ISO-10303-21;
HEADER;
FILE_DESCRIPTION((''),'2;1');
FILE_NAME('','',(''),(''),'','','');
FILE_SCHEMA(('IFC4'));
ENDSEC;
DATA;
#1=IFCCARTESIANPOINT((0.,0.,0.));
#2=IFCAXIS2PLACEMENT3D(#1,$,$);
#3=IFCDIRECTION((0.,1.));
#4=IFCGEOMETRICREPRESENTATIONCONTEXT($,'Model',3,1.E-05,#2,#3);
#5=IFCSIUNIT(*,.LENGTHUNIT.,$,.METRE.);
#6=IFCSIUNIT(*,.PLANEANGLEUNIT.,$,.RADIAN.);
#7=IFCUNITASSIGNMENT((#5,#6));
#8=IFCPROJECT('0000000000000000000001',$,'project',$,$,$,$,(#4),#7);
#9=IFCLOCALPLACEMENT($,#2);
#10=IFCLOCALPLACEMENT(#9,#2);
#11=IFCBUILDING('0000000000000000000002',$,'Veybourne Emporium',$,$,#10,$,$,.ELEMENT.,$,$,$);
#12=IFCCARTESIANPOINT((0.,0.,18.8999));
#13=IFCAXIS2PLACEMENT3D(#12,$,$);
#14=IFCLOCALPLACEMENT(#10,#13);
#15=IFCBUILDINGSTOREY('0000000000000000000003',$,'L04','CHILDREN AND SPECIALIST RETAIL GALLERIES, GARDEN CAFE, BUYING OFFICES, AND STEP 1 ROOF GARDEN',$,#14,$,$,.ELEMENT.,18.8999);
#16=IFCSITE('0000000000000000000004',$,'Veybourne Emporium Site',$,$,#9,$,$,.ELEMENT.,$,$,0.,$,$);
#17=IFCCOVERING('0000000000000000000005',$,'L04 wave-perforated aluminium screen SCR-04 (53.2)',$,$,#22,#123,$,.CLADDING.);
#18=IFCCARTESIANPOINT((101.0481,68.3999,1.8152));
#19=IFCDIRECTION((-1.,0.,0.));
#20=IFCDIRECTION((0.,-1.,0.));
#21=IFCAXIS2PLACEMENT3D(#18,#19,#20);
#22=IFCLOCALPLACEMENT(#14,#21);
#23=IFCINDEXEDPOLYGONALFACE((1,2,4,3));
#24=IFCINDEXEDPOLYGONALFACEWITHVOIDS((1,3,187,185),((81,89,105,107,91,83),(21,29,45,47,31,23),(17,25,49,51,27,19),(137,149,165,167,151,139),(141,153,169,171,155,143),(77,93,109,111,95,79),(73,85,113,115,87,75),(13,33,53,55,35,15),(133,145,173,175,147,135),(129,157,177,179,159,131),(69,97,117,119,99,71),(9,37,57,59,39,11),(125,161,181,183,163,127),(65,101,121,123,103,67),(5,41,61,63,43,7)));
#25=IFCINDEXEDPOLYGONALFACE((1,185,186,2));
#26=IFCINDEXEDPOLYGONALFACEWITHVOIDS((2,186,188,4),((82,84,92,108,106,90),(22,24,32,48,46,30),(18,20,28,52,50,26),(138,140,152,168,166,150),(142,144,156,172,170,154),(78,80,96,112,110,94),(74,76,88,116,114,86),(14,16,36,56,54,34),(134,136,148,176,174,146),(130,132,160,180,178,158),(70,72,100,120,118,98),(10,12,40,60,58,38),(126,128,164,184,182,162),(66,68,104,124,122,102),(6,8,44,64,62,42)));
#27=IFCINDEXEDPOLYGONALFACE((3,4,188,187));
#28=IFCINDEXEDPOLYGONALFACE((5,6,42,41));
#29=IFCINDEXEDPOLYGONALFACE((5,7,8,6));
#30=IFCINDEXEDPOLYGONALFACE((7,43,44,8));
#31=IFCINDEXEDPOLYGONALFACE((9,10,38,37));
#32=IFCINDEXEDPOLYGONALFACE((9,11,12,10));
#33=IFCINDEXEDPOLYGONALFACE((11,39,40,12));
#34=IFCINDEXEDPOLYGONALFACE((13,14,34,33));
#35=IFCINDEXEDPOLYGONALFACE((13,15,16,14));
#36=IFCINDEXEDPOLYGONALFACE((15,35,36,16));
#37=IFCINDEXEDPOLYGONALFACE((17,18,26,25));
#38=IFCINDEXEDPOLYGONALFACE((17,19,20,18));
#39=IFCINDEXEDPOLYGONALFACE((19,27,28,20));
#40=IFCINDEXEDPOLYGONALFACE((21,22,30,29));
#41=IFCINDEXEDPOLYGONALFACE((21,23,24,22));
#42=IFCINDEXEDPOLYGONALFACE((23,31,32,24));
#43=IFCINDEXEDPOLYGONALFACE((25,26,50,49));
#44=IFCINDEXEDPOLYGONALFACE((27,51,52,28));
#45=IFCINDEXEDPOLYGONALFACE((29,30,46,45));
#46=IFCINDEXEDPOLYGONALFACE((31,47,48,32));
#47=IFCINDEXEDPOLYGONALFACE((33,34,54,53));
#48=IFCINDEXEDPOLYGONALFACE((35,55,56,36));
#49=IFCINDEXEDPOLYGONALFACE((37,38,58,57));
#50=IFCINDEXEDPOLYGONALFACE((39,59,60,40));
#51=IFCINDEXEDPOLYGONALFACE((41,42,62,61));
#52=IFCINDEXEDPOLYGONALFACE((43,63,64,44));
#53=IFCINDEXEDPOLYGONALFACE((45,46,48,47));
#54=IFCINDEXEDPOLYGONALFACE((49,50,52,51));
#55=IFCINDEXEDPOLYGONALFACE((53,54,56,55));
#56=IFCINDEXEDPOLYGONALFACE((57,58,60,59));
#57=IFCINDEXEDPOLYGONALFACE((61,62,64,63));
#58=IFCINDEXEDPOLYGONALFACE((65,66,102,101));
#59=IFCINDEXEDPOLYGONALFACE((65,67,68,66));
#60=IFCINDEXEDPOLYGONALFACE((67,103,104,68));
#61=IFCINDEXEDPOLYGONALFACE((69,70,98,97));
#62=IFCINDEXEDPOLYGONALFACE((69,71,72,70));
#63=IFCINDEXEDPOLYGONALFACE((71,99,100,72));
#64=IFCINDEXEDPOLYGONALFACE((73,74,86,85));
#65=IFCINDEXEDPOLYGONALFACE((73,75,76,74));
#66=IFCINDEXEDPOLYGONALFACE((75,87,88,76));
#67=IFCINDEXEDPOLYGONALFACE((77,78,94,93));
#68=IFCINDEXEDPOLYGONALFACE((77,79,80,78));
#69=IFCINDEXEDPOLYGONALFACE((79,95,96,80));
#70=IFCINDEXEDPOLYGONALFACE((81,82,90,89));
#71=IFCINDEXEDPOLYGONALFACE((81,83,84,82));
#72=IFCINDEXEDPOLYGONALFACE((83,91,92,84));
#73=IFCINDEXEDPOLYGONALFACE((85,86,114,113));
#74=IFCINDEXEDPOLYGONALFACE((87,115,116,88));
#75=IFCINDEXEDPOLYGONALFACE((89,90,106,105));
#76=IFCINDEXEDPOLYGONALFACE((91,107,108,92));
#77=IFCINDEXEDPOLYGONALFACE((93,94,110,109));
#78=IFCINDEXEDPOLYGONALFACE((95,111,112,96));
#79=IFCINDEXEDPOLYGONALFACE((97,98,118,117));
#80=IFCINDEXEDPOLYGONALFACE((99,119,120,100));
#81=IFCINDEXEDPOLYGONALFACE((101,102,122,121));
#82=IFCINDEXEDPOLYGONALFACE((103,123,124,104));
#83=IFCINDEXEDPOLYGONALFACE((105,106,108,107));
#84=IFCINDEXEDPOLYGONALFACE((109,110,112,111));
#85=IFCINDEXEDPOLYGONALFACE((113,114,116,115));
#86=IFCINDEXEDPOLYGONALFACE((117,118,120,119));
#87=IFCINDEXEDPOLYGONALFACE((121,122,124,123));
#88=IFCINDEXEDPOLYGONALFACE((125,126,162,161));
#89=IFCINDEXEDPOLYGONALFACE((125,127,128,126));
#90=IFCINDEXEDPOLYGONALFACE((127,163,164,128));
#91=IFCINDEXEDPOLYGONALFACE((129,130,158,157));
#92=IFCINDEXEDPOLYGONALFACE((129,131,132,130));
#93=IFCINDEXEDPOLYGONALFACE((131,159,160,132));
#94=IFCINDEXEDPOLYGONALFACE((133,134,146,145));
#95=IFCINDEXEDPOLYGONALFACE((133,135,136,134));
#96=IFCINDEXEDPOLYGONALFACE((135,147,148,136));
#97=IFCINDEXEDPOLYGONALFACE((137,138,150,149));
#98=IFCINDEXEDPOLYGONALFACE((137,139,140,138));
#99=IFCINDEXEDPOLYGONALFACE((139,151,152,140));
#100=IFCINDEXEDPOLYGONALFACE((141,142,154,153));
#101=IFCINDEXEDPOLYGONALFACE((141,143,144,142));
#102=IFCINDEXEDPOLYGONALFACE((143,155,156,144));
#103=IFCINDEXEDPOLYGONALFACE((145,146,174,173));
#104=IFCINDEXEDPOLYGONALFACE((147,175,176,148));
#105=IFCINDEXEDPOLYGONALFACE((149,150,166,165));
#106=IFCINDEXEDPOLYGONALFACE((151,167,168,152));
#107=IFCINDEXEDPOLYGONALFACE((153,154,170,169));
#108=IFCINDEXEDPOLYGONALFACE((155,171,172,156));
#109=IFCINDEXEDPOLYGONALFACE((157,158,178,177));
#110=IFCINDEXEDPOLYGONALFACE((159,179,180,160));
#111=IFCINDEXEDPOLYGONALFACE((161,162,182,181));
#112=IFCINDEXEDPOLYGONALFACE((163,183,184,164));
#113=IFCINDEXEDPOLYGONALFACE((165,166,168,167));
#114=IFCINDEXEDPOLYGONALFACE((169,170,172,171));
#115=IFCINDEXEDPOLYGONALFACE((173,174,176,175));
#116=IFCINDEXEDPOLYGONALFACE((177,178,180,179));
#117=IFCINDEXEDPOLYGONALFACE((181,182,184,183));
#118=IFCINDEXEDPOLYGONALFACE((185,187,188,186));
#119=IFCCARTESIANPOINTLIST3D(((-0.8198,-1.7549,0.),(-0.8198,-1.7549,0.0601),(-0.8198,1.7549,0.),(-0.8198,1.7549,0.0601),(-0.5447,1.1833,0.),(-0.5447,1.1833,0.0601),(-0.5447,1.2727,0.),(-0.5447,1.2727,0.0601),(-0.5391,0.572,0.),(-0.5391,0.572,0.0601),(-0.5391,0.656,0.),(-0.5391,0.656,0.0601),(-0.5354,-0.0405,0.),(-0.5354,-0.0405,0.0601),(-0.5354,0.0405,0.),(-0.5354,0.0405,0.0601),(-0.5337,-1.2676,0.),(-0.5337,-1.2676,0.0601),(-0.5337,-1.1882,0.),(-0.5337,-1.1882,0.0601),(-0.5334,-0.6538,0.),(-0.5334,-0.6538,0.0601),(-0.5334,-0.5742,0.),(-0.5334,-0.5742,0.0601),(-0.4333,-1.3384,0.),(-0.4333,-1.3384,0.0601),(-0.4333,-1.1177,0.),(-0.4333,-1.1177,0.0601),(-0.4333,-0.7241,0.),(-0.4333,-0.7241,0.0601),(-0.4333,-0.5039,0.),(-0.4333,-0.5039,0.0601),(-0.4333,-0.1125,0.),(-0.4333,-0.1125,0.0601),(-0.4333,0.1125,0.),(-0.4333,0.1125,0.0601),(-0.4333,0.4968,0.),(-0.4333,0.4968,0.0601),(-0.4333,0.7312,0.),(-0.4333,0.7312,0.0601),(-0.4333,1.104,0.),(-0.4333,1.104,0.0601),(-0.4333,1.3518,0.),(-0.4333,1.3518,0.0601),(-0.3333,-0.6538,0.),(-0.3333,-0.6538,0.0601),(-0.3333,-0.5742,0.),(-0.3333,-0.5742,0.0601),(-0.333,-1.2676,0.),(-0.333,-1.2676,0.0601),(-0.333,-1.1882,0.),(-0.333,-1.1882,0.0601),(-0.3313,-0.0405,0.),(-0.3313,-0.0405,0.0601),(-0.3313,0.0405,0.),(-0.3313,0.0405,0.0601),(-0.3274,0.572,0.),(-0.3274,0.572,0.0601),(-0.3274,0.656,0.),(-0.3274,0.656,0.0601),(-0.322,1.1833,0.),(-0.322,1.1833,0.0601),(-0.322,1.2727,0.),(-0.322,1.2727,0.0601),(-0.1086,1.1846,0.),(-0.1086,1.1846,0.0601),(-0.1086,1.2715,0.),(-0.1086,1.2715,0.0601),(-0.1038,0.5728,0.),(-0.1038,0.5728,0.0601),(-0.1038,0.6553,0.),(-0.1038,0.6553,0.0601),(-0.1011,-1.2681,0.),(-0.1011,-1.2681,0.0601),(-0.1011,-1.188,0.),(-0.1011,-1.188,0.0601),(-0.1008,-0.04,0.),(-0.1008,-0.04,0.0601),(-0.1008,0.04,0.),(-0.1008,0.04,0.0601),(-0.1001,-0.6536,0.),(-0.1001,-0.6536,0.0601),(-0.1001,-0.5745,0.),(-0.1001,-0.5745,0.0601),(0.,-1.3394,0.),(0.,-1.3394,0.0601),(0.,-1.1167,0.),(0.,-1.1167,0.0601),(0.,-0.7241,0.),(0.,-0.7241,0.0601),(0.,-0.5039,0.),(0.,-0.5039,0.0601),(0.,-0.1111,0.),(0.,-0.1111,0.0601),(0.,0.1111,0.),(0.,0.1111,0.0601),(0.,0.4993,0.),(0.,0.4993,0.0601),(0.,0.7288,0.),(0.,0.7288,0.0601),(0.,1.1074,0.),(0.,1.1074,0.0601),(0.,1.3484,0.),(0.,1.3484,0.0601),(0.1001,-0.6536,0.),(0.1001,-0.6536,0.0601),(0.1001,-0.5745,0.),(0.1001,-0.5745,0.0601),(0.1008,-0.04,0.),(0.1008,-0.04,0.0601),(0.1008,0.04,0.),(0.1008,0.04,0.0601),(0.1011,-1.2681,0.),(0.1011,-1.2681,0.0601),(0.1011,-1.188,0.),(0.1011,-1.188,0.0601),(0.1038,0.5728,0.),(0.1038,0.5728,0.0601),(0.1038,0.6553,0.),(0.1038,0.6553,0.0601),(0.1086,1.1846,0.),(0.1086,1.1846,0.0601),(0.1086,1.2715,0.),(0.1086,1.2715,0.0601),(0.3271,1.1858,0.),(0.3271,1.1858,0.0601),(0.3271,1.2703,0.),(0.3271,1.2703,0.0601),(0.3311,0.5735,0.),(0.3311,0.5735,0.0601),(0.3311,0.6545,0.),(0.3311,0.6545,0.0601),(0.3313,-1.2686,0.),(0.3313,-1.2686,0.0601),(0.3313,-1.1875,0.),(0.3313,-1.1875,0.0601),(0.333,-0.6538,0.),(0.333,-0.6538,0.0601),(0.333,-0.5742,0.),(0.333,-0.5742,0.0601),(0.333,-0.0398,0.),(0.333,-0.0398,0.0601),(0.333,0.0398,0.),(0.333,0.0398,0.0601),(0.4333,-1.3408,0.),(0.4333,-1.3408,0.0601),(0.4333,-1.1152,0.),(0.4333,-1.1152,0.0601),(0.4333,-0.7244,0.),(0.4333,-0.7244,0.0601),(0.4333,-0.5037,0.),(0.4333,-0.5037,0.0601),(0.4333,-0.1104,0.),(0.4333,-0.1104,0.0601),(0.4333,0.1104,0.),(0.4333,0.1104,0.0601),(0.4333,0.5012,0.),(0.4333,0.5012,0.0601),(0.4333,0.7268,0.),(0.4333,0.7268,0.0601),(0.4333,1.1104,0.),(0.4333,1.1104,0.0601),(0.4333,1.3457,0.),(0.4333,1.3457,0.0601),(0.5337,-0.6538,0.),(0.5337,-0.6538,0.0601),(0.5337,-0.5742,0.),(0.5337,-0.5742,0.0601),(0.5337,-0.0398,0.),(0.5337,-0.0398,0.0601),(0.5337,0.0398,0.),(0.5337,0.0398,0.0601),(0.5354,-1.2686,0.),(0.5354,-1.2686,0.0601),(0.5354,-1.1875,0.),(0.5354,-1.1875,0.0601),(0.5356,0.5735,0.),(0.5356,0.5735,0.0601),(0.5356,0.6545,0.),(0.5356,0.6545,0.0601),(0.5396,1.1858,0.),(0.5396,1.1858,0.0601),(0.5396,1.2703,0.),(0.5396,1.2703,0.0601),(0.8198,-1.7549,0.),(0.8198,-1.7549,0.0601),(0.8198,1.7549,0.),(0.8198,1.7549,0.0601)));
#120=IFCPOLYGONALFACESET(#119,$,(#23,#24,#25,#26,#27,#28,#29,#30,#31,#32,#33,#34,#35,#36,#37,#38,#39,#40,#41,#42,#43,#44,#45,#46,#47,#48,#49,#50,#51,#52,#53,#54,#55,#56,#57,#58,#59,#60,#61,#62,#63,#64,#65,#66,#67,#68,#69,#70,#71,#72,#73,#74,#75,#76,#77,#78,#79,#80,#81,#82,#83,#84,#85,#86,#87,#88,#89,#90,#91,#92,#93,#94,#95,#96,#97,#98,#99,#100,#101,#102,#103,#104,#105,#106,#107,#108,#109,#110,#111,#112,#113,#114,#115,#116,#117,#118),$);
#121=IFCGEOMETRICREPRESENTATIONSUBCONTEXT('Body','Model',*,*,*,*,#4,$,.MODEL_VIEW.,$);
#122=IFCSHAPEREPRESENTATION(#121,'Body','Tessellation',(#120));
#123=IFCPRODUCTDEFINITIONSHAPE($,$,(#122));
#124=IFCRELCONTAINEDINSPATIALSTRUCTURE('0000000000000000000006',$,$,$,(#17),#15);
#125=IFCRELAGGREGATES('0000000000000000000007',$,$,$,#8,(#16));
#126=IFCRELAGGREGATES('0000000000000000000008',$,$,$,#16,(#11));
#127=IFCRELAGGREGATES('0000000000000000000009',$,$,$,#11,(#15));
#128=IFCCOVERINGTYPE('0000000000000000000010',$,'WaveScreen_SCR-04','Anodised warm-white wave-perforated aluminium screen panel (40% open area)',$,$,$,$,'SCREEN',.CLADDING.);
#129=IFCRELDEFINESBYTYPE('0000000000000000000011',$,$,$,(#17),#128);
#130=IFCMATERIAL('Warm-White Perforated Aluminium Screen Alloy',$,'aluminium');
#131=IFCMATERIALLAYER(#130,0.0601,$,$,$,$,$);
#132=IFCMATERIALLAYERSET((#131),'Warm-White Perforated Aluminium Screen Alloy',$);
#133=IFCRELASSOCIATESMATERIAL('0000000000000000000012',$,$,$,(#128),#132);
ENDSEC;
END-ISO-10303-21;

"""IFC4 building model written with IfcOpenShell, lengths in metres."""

from ifc_helpers import new_model, si_unit, direction, frame, origin, place, context, subcontext, project, spatial, polyline, outline, extrude, material, layer, layer_set, type_object, element, save


model = new_model("IFC4")

# Units and contexts
model_context = context("Model", 3, precision=1e-05, world=origin(), true_north=direction((0.0, 1.0)))
body_context = subcontext(model_context, "Body", "Model", "MODEL_VIEW")
ifc_project = project(units=[si_unit("LENGTHUNIT", "METRE"), si_unit("PLANEANGLEUNIT", "RADIAN")], contexts=[model_context])

# Site, building, storey
site_placement = place(None, origin())
site = spatial("IfcSite", under=ifc_project, at=site_placement, Name="Veybourne Emporium Site", CompositionType="ELEMENT", RefElevation=0.0)
building_placement = place(site_placement, origin())
building = spatial("IfcBuilding", under=site, at=building_placement, Name="Veybourne Emporium", CompositionType="ELEMENT")
storey_placement = place(building_placement, frame((0.0, 0.0, 18.8999)))
storey = spatial("IfcBuildingStorey", under=building, at=storey_placement, Name="L04", Description="CHILDREN AND SPECIALIST RETAIL GALLERIES, GARDEN CAFE, BUYING OFFICES, AND STEP 1 ROOF GARDEN", CompositionType="ELEMENT", Elevation=18.8999)

# Covering
ifc_material_1 = material(Name="Warm-White Perforated Aluminium Screen Alloy", Category="aluminium")
ifc_layer_1 = layer(ifc_material_1, 0.0601)
ifc_layer_set_1 = layer_set([ifc_layer_1], Name="Warm-White Perforated Aluminium Screen Alloy")
covering_type_1 = type_object("IfcCoveringType", Name="WaveScreen_SCR-04", Description="Anodised warm-white wave-perforated aluminium screen panel (40% open area)", ElementType="SCREEN", PredefinedType="CLADDING", material=ifc_layer_set_1)
covering_1_placement = place(storey_placement, frame((101.0481, 68.3999, 1.8152), z_axis=(-1.0, 0.0, 0.0), x_axis=(0.0, -1.0, 0.0)))
element("IfcCovering", 1, at=covering_1_placement, inside=storey, type_object=covering_type_1, Name="L04 wave-perforated aluminium screen SCR-04 (53.2)", PredefinedType="CLADDING", context=body_context, shape_type="SweptSolid", body=[
    extrude(outline(polyline([(-0.8198, -1.7549), (0.8198, -1.7549), (0.8198, 1.7549), (-0.8198, 1.7549), (-0.8198, -1.7549)]), holes=[polyline([(-0.4333, -1.1177), (-0.333, -1.1882), (-0.333, -1.2676), (-0.4333, -1.3384), (-0.5337, -1.2676), (-0.5337, -1.1882), (-0.4333, -1.1177)]), polyline([(-0.4333, -0.5039), (-0.3333, -0.5742), (-0.3333, -0.6538), (-0.4333, -0.7241), (-0.5334, -0.6538), (-0.5334, -0.5742), (-0.4333, -0.5039)]), polyline([(-0.4333, 0.1125), (-0.3313, 0.0405), (-0.3313, -0.0405), (-0.4333, -0.1125), (-0.5354, -0.0405), (-0.5354, 0.0405), (-0.4333, 0.1125)]), polyline([(-0.4333, 0.7312), (-0.3274, 0.656), (-0.3274, 0.572), (-0.4333, 0.4968), (-0.5391, 0.572), (-0.5391, 0.656), (-0.4333, 0.7312)]), polyline([(-0.4333, 1.3518), (-0.322, 1.2727), (-0.322, 1.1833), (-0.4333, 1.104), (-0.5447, 1.1833), (-0.5447, 1.2727), (-0.4333, 1.3518)]), polyline([(0.0, -1.1167), (0.1011, -1.188), (0.1011, -1.2681), (0.0, -1.3394), (-0.1011, -1.2681), (-0.1011, -1.188), (0.0, -1.1167)]), polyline([(0.0, -0.5039), (0.1001, -0.5745), (0.1001, -0.6536), (0.0, -0.7241), (-0.1001, -0.6536), (-0.1001, -0.5745), (0.0, -0.5039)]), polyline([(0.0, 0.1111), (0.1008, 0.04), (0.1008, -0.04), (0.0, -0.1111), (-0.1008, -0.04), (-0.1008, 0.04), (0.0, 0.1111)]), polyline([(0.0, 0.7288), (0.1038, 0.6553), (0.1038, 0.5728), (0.0, 0.4993), (-0.1038, 0.5728), (-0.1038, 0.6553), (0.0, 0.7288)]), polyline([(0.0, 1.3484), (0.1086, 1.2715), (0.1086, 1.1846), (0.0, 1.1074), (-0.1086, 1.1846), (-0.1086, 1.2715), (0.0, 1.3484)]), polyline([(0.4333, -1.1152), (0.5354, -1.1875), (0.5354, -1.2686), (0.4333, -1.3408), (0.3313, -1.2686), (0.3313, -1.1875), (0.4333, -1.1152)]), polyline([(0.4333, -0.5037), (0.5337, -0.5742), (0.5337, -0.6538), (0.4333, -0.7244), (0.333, -0.6538), (0.333, -0.5742), (0.4333, -0.5037)]), polyline([(0.4333, 0.1104), (0.5337, 0.0398), (0.5337, -0.0398), (0.4333, -0.1104), (0.333, -0.0398), (0.333, 0.0398), (0.4333, 0.1104)]), polyline([(0.4333, 0.7268), (0.5356, 0.6545), (0.5356, 0.5735), (0.4333, 0.5012), (0.3311, 0.5735), (0.3311, 0.6545), (0.4333, 0.7268)]), polyline([(0.4333, 1.3457), (0.5396, 1.2703), (0.5396, 1.1858), (0.4333, 1.1104), (0.3271, 1.1858), (0.3271, 1.2703), (0.4333, 1.3457)])]), origin(), (0.0, 0.0, 1.0), 0.0601),
])

save(model, "model.ifc")
